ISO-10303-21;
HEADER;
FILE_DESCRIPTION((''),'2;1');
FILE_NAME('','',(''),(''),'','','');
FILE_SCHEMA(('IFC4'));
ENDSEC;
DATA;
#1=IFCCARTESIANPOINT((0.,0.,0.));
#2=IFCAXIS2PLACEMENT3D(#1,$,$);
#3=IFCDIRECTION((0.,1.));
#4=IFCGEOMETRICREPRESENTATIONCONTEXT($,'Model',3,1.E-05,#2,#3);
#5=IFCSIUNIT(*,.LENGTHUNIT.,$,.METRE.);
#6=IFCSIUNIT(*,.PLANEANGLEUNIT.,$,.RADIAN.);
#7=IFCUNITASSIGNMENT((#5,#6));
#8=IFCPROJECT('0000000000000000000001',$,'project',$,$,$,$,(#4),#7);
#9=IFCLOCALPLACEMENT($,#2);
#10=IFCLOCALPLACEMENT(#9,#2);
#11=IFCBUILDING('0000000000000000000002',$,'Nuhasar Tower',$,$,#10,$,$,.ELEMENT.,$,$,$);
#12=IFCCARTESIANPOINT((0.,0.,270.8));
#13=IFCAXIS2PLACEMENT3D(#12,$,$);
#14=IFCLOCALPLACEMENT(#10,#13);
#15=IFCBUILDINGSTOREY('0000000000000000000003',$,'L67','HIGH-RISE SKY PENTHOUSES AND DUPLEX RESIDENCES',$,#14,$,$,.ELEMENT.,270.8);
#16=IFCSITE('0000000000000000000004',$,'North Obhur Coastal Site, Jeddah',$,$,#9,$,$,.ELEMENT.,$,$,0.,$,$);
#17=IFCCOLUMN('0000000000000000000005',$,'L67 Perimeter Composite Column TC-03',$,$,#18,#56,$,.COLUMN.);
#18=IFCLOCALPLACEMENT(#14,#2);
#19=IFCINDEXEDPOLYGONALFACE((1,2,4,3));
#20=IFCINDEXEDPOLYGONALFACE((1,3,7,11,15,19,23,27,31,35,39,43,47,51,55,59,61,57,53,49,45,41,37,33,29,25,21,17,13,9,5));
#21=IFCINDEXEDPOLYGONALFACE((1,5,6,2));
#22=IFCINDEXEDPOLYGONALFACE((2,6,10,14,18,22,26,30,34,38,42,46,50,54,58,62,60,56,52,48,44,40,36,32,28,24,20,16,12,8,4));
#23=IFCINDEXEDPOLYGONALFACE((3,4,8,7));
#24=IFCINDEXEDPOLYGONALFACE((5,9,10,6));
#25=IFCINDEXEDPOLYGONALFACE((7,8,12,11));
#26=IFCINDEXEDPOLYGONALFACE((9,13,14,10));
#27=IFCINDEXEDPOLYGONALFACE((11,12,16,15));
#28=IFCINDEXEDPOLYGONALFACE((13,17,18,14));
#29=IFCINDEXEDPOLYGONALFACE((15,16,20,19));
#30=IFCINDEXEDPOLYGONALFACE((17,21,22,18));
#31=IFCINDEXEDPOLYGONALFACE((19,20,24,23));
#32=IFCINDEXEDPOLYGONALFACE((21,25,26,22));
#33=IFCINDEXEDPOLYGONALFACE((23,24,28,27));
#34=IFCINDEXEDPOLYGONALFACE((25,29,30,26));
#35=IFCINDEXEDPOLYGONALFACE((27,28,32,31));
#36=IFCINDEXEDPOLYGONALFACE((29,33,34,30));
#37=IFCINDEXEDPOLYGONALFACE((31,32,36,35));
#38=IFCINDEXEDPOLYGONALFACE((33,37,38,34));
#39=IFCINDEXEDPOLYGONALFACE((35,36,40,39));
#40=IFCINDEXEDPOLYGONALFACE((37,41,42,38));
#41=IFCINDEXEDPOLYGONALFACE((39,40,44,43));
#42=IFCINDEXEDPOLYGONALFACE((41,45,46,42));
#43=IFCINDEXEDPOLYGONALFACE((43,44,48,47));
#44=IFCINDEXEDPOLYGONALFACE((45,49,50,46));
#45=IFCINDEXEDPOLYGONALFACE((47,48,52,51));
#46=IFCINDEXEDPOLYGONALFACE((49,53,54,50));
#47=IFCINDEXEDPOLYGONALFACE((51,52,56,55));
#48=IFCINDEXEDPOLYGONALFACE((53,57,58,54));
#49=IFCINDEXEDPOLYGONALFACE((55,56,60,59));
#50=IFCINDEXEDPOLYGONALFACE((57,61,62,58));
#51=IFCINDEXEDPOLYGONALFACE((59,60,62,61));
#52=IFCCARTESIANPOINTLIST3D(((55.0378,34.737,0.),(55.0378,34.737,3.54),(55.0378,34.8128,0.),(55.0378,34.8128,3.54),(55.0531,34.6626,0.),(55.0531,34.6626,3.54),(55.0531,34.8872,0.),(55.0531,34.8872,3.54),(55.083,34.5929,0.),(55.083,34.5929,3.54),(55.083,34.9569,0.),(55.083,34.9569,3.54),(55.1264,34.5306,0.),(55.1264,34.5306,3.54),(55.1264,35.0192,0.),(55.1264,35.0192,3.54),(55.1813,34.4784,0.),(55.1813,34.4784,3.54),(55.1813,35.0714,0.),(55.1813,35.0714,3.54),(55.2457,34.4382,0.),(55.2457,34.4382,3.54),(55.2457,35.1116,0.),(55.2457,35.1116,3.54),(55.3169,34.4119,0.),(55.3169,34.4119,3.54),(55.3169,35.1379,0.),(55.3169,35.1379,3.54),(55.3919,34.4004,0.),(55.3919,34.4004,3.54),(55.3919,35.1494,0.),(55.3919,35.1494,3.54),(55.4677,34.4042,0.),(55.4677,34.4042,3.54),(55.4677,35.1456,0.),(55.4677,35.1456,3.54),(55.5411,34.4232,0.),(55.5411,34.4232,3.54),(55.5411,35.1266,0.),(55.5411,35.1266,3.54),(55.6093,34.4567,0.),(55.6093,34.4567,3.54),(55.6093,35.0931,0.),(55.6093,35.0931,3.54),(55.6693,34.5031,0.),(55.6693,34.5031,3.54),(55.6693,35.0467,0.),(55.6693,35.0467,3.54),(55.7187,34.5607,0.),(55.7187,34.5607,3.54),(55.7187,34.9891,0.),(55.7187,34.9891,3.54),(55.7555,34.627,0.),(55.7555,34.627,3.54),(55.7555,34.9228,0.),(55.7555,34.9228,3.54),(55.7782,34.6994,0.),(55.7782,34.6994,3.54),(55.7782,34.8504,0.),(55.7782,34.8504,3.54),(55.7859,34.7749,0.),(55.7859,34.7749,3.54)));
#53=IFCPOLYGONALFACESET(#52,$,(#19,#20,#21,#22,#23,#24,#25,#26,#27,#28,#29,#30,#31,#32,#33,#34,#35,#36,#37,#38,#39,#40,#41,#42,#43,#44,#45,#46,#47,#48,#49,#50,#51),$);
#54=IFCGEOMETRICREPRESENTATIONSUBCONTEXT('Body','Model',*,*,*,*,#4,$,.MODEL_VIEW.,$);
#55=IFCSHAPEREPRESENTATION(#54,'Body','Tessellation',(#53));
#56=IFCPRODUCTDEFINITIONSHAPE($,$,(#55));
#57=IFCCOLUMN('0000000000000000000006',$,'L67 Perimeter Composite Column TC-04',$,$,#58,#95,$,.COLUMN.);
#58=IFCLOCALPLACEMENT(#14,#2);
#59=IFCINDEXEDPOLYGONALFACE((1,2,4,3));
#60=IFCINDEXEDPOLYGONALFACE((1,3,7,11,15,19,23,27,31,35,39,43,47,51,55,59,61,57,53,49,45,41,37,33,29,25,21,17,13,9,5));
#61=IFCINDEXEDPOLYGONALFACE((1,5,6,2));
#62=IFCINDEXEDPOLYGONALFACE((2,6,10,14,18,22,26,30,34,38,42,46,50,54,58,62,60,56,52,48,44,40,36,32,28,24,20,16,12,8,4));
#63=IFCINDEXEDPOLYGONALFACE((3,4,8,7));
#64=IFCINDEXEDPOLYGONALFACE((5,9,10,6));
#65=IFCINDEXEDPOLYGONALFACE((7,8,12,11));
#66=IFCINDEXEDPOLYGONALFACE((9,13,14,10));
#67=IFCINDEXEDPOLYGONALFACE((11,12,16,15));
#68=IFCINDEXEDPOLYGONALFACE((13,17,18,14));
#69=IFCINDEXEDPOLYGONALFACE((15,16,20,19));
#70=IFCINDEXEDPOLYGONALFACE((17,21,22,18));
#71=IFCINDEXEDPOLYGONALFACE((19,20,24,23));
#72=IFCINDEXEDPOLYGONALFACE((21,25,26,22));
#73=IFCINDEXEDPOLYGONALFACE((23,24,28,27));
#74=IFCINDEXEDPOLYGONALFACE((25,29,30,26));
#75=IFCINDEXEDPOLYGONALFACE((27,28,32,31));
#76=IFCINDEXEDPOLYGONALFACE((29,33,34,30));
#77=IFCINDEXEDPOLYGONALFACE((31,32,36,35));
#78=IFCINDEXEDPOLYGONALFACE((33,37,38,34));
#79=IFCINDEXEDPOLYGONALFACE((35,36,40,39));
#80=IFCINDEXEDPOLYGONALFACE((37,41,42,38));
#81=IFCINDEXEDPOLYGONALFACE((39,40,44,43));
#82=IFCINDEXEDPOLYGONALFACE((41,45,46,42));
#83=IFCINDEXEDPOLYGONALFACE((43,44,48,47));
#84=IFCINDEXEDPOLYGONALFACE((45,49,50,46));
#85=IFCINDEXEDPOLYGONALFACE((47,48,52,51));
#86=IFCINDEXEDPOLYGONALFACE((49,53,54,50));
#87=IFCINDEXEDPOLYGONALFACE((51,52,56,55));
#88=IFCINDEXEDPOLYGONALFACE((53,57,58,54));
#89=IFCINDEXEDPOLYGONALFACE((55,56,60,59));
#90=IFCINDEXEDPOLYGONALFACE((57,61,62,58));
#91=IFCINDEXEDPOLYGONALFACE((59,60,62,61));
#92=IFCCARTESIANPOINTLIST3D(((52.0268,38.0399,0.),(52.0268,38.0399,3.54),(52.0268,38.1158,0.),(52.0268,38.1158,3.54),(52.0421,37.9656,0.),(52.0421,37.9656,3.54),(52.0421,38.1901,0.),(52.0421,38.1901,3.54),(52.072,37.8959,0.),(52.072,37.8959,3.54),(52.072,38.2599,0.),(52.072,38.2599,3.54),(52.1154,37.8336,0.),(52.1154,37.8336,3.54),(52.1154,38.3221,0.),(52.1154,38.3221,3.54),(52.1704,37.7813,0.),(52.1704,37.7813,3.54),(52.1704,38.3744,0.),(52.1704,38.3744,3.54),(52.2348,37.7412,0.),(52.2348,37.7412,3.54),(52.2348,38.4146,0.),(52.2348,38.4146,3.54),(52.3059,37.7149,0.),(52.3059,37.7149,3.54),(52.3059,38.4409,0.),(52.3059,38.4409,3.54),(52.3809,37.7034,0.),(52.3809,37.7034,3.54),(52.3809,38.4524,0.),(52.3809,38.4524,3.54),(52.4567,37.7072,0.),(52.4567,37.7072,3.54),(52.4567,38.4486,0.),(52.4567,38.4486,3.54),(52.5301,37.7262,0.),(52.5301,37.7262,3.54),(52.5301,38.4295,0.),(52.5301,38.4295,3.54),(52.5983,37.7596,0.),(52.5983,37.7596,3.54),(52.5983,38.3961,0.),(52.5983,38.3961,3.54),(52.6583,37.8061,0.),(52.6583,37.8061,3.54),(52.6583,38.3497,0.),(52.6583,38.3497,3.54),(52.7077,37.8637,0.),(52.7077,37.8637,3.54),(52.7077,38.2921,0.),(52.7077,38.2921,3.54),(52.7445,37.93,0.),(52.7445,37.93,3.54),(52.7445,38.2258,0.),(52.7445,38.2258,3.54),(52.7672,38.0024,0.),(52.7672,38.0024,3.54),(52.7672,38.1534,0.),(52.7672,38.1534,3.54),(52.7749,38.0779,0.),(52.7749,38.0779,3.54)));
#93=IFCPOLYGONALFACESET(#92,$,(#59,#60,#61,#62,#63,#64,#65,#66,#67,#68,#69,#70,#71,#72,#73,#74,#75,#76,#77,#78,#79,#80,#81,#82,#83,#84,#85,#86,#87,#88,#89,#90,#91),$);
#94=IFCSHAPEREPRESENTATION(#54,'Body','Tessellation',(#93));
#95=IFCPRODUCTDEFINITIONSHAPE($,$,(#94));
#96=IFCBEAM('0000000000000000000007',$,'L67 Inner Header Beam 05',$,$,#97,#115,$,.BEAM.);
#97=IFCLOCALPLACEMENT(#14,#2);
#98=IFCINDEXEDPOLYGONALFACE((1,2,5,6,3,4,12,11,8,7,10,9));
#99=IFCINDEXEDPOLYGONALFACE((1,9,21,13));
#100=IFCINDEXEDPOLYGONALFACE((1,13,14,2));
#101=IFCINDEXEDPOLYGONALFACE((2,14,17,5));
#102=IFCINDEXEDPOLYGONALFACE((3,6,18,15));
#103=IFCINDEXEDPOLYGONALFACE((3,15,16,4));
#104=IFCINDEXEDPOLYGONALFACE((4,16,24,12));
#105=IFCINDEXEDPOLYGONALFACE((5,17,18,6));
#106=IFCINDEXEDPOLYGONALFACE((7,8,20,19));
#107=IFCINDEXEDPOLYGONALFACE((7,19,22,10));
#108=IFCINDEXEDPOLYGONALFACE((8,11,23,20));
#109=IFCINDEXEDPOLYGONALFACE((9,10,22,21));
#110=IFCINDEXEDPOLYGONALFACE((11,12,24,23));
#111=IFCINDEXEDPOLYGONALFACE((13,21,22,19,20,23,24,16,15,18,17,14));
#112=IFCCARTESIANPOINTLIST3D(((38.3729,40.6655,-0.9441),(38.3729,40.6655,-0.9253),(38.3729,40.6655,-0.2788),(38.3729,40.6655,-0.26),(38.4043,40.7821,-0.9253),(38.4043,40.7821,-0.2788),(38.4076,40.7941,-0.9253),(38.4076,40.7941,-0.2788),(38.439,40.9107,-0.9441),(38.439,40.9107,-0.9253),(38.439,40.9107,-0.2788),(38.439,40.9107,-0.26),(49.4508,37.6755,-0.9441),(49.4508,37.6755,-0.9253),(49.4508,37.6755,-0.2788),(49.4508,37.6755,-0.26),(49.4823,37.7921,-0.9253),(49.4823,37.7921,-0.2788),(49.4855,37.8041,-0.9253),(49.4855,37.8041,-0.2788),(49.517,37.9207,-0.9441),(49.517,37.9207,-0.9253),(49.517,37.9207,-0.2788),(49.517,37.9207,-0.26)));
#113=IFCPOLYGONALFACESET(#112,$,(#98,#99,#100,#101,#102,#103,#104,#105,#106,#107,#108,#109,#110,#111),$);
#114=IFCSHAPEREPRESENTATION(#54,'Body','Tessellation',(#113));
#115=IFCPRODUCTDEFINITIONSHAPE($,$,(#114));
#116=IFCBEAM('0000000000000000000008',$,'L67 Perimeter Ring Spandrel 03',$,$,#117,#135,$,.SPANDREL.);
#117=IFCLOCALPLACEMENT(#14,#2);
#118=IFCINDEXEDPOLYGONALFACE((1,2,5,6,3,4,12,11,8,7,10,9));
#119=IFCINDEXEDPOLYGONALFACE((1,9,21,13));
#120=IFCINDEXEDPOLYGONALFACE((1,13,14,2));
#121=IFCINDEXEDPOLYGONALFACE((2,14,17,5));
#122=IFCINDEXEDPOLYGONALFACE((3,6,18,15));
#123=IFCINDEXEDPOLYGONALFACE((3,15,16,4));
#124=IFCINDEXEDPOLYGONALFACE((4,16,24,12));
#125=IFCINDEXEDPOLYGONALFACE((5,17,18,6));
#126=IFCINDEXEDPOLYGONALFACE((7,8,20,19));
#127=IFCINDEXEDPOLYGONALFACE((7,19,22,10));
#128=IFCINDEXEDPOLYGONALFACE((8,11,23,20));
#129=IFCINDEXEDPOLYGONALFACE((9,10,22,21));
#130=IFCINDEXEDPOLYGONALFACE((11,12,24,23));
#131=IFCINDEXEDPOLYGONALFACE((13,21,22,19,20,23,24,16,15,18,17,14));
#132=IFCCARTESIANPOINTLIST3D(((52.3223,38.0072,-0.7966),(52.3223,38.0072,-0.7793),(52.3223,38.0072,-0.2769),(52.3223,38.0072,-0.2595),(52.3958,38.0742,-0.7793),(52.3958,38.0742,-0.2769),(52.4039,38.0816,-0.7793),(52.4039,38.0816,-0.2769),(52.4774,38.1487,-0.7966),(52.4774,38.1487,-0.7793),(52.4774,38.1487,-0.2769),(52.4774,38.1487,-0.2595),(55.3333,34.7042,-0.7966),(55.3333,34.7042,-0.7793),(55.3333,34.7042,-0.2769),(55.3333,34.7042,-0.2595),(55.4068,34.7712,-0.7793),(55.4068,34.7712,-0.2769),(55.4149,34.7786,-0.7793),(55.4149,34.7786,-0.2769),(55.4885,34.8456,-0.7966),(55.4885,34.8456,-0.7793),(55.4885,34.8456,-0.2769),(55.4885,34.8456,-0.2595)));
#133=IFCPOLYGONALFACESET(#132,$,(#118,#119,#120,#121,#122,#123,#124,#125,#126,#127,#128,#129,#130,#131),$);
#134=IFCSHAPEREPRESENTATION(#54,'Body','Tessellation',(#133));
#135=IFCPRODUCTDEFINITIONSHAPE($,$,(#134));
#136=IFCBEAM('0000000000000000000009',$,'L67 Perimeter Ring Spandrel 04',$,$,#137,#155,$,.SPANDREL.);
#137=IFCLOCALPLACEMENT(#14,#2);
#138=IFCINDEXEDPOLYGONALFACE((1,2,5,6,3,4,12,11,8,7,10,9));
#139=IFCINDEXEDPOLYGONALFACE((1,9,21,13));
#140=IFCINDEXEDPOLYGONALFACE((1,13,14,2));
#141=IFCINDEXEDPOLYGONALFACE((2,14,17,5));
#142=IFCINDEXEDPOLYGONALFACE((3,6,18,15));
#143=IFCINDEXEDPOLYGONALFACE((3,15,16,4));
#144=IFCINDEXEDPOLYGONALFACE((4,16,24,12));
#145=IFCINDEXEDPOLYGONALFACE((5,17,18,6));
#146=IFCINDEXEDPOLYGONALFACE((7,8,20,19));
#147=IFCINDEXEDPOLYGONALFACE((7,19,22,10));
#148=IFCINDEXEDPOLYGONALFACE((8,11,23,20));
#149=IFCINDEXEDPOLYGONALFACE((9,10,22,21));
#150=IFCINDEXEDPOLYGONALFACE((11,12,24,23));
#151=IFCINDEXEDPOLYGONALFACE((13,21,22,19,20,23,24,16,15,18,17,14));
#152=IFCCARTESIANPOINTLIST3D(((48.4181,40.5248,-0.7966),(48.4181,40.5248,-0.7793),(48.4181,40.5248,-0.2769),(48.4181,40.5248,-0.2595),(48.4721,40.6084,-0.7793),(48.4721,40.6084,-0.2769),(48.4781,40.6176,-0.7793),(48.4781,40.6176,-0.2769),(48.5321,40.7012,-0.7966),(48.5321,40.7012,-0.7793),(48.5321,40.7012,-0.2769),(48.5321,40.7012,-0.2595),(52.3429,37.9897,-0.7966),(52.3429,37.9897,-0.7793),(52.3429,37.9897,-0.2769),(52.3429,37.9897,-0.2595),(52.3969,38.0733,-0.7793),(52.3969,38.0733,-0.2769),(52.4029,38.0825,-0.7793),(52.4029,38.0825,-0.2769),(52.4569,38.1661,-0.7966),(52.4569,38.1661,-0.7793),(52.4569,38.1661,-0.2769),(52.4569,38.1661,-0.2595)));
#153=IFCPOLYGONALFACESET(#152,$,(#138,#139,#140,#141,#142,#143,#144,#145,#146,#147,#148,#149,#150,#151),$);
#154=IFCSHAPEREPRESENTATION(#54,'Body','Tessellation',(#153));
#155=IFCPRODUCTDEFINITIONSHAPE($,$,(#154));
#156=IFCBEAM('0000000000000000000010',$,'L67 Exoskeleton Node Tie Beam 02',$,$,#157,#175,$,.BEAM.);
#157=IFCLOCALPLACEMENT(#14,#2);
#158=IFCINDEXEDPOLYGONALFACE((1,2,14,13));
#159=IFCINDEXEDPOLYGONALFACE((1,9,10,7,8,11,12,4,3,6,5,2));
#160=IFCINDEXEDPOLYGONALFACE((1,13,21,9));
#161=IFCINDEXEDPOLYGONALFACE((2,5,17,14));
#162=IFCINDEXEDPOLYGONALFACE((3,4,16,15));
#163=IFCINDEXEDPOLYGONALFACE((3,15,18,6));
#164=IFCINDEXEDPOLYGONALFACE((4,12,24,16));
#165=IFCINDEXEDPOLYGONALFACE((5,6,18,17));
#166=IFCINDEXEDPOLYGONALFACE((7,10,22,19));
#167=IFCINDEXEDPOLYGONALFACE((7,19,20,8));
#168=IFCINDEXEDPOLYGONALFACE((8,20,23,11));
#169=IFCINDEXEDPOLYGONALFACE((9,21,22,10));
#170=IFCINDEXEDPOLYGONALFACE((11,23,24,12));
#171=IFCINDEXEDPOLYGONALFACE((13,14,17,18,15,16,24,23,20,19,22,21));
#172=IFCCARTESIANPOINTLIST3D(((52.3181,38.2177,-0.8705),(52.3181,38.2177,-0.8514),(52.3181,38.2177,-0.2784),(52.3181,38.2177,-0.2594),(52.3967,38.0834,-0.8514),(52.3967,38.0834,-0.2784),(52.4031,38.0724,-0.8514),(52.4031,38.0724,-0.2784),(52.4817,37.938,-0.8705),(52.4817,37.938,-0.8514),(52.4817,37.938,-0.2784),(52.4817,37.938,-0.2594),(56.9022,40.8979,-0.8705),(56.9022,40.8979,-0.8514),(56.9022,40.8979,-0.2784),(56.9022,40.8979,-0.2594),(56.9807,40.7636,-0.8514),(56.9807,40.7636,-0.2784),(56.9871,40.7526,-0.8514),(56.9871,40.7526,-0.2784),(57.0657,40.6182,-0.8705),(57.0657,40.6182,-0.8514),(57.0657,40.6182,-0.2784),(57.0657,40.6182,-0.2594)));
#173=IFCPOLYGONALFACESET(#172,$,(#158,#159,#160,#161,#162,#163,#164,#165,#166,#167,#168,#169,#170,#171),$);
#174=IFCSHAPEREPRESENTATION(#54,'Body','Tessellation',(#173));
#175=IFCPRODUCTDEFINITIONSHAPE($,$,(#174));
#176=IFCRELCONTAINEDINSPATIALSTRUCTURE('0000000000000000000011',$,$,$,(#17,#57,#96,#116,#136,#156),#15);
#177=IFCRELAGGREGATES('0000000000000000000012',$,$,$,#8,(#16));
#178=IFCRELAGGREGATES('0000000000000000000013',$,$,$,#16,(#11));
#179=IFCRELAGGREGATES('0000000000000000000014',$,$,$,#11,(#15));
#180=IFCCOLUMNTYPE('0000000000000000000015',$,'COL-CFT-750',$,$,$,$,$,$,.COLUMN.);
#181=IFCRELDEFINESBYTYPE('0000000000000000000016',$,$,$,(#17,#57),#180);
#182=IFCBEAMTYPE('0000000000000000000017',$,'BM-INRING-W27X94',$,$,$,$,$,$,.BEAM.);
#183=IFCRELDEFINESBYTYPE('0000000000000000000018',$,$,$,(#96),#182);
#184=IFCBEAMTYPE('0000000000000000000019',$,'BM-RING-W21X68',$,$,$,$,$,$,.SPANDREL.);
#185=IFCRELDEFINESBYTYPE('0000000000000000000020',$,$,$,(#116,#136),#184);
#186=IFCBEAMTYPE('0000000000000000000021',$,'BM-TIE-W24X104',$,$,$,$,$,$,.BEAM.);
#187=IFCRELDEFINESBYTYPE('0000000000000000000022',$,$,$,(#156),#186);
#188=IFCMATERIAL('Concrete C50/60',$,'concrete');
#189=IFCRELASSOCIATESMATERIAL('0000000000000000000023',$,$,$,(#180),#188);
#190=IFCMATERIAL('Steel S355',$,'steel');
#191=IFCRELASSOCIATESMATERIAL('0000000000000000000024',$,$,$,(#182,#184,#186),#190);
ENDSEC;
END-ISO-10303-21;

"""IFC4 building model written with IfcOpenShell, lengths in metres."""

from ifc_helpers import new_model, si_unit, direction, frame, origin, origin_2d, place, context, subcontext, project, spatial, circle, i_section, extrude, material, material_profile, profile_set, type_object, element, save


model = new_model("IFC4")

# Units and contexts
model_context = context("Model", 3, precision=1e-05, world=origin(), true_north=direction((0.0, 1.0)))
body_context = subcontext(model_context, "Body", "Model", "MODEL_VIEW")
ifc_project = project(units=[si_unit("LENGTHUNIT", "METRE"), si_unit("PLANEANGLEUNIT", "RADIAN")], contexts=[model_context])

# Site, building, storey
site_placement = place(None, origin())
site = spatial("IfcSite", under=ifc_project, at=site_placement, Name="North Obhur Coastal Site, Jeddah", CompositionType="ELEMENT", RefElevation=0.0)
building_placement = place(site_placement, origin())
building = spatial("IfcBuilding", under=site, at=building_placement, Name="Nuhasar Tower", CompositionType="ELEMENT")
storey_placement = place(building_placement, frame((0.0, 0.0, 270.8)))
storey = spatial("IfcBuildingStorey", under=building, at=storey_placement, Name="L67", Description="HIGH-RISE SKY PENTHOUSES AND DUPLEX RESIDENCES", CompositionType="ELEMENT", Elevation=270.8)

# Columns
ifc_material_1 = material(Name="Concrete C50/60", Category="concrete")
ifc_material_profile_1 = material_profile(ifc_material_1, circle(Radius=0.375, at=origin_2d()), Name="CFT750")
ifc_profile_set_1 = profile_set([ifc_material_profile_1], Name="Concrete C50/60")
column_type = type_object("IfcColumnType", Name="COL-CFT-750", PredefinedType="COLUMN", material=ifc_profile_set_1)
for number, where, z_axis, x_axis, name in (
    (1, (55.4109, 34.7749, 0.0), (0.0, 0.0, 1.0), (1.0, 0.0, 0.0), "L67 Perimeter Composite Column TC-03"),
    (2, (52.3999, 38.0779, 0.0), (0.0, 0.0, 1.0), (1.0, 0.0, 0.0), "L67 Perimeter Composite Column TC-04"),
):
    element("IfcColumn", number, at=place(storey_placement, frame(where, z_axis=z_axis, x_axis=x_axis)), inside=storey, type_object=column_type, Name=name, PredefinedType="COLUMN", context=body_context, shape_type="SweptSolid", body=[
        extrude(circle(Radius=0.375, at=origin_2d()), origin(), (0.0, 0.0, 1.0), 3.54),
    ])

# Beams
ifc_material_2 = material(Name="Steel S355", Category="steel")
ifc_material_profile_2 = material_profile(ifc_material_2, i_section(OverallWidth=0.2539, OverallDepth=0.6841, WebThickness=0.0125, FlangeThickness=0.0188, at=origin_2d()), Name="W27X94")
ifc_profile_set_2 = profile_set([ifc_material_profile_2], Name="Steel S355")
beam_type_1 = type_object("IfcBeamType", Name="BM-INRING-W27X94", PredefinedType="BEAM", material=ifc_profile_set_2)
beam_1_placement = place(storey_placement, frame((49.4839, 37.7981, -0.6021), z_axis=(-0.965452, 0.260582, 0.0), x_axis=(-0.260582, -0.965452, 0.0)))
element("IfcBeam", 3, at=beam_1_placement, inside=storey, type_object=beam_type_1, Name="L67 Inner Header Beam 05", PredefinedType="BEAM", context=body_context, shape_type="SweptSolid", body=[
    extrude(i_section(OverallWidth=0.2539, OverallDepth=0.6841, WebThickness=0.0125, FlangeThickness=0.0188, at=origin_2d()), origin(), (0.0, 0.0, 1.0), 11.4744),
])
ifc_material_profile_3 = material_profile(ifc_material_2, i_section(OverallWidth=0.21, OverallDepth=0.5371, WebThickness=0.011, FlangeThickness=0.0173, at=origin_2d()), Name="W21X68")
ifc_profile_set_3 = profile_set([ifc_material_profile_3], Name="Steel S355")
beam_type_2 = type_object("IfcBeamType", Name="BM-RING-W21X68", PredefinedType="SPANDREL", material=ifc_profile_set_3)
beam_2_placement = place(storey_placement, frame((55.4109, 34.7749, -0.5281), z_axis=(-0.673686, 0.739017, 0.0), x_axis=(-0.739017, -0.673686, 0.0)))
element("IfcBeam", 4, at=beam_2_placement, inside=storey, type_object=beam_type_2, Name="L67 Perimeter Ring Spandrel 03", PredefinedType="SPANDREL", context=body_context, shape_type="SweptSolid", body=[
    extrude(i_section(OverallWidth=0.21, OverallDepth=0.5371, WebThickness=0.011, FlangeThickness=0.0173, at=origin_2d()), origin(), (0.0, 0.0, 1.0), 4.4695),
])
beam_3_placement = place(storey_placement, frame((52.3999, 38.0779, -0.5281), z_axis=(-0.840002, 0.542584, 0.0), x_axis=(-0.542584, -0.840002, 0.0)))
element("IfcBeam", 5, at=beam_3_placement, inside=storey, type_object=beam_type_2, Name="L67 Perimeter Ring Spandrel 04", PredefinedType="SPANDREL", context=body_context, shape_type="SweptSolid", body=[
    extrude(i_section(OverallWidth=0.21, OverallDepth=0.5371, WebThickness=0.011, FlangeThickness=0.0173, at=origin_2d()), origin(), (0.0, 0.0, 1.0), 4.6724),
])
ifc_material_profile_4 = material_profile(ifc_material_2, i_section(OverallWidth=0.324, OverallDepth=0.6111, WebThickness=0.0127, FlangeThickness=0.019, at=origin_2d()), Name="W24X104")
ifc_profile_set_4 = profile_set([ifc_material_profile_4], Name="Steel S355")
beam_type_3 = type_object("IfcBeamType", Name="BM-TIE-W24X104", PredefinedType="BEAM", material=ifc_profile_set_4)
beam_4_placement = place(storey_placement, frame((52.3999, 38.0779, -0.5649), z_axis=(0.863272, 0.50474, 0.0), x_axis=(-0.50474, 0.863272, 0.0)))
element("IfcBeam", 6, at=beam_4_placement, inside=storey, type_object=beam_type_3, Name="L67 Exoskeleton Node Tie Beam 02", PredefinedType="BEAM", context=body_context, shape_type="SweptSolid", body=[
    extrude(i_section(OverallWidth=0.324, OverallDepth=0.6111, WebThickness=0.0127, FlangeThickness=0.019, at=origin_2d()), origin(), (0.0, 0.0, 1.0), 5.3101),
])

save(model, "model.ifc")
